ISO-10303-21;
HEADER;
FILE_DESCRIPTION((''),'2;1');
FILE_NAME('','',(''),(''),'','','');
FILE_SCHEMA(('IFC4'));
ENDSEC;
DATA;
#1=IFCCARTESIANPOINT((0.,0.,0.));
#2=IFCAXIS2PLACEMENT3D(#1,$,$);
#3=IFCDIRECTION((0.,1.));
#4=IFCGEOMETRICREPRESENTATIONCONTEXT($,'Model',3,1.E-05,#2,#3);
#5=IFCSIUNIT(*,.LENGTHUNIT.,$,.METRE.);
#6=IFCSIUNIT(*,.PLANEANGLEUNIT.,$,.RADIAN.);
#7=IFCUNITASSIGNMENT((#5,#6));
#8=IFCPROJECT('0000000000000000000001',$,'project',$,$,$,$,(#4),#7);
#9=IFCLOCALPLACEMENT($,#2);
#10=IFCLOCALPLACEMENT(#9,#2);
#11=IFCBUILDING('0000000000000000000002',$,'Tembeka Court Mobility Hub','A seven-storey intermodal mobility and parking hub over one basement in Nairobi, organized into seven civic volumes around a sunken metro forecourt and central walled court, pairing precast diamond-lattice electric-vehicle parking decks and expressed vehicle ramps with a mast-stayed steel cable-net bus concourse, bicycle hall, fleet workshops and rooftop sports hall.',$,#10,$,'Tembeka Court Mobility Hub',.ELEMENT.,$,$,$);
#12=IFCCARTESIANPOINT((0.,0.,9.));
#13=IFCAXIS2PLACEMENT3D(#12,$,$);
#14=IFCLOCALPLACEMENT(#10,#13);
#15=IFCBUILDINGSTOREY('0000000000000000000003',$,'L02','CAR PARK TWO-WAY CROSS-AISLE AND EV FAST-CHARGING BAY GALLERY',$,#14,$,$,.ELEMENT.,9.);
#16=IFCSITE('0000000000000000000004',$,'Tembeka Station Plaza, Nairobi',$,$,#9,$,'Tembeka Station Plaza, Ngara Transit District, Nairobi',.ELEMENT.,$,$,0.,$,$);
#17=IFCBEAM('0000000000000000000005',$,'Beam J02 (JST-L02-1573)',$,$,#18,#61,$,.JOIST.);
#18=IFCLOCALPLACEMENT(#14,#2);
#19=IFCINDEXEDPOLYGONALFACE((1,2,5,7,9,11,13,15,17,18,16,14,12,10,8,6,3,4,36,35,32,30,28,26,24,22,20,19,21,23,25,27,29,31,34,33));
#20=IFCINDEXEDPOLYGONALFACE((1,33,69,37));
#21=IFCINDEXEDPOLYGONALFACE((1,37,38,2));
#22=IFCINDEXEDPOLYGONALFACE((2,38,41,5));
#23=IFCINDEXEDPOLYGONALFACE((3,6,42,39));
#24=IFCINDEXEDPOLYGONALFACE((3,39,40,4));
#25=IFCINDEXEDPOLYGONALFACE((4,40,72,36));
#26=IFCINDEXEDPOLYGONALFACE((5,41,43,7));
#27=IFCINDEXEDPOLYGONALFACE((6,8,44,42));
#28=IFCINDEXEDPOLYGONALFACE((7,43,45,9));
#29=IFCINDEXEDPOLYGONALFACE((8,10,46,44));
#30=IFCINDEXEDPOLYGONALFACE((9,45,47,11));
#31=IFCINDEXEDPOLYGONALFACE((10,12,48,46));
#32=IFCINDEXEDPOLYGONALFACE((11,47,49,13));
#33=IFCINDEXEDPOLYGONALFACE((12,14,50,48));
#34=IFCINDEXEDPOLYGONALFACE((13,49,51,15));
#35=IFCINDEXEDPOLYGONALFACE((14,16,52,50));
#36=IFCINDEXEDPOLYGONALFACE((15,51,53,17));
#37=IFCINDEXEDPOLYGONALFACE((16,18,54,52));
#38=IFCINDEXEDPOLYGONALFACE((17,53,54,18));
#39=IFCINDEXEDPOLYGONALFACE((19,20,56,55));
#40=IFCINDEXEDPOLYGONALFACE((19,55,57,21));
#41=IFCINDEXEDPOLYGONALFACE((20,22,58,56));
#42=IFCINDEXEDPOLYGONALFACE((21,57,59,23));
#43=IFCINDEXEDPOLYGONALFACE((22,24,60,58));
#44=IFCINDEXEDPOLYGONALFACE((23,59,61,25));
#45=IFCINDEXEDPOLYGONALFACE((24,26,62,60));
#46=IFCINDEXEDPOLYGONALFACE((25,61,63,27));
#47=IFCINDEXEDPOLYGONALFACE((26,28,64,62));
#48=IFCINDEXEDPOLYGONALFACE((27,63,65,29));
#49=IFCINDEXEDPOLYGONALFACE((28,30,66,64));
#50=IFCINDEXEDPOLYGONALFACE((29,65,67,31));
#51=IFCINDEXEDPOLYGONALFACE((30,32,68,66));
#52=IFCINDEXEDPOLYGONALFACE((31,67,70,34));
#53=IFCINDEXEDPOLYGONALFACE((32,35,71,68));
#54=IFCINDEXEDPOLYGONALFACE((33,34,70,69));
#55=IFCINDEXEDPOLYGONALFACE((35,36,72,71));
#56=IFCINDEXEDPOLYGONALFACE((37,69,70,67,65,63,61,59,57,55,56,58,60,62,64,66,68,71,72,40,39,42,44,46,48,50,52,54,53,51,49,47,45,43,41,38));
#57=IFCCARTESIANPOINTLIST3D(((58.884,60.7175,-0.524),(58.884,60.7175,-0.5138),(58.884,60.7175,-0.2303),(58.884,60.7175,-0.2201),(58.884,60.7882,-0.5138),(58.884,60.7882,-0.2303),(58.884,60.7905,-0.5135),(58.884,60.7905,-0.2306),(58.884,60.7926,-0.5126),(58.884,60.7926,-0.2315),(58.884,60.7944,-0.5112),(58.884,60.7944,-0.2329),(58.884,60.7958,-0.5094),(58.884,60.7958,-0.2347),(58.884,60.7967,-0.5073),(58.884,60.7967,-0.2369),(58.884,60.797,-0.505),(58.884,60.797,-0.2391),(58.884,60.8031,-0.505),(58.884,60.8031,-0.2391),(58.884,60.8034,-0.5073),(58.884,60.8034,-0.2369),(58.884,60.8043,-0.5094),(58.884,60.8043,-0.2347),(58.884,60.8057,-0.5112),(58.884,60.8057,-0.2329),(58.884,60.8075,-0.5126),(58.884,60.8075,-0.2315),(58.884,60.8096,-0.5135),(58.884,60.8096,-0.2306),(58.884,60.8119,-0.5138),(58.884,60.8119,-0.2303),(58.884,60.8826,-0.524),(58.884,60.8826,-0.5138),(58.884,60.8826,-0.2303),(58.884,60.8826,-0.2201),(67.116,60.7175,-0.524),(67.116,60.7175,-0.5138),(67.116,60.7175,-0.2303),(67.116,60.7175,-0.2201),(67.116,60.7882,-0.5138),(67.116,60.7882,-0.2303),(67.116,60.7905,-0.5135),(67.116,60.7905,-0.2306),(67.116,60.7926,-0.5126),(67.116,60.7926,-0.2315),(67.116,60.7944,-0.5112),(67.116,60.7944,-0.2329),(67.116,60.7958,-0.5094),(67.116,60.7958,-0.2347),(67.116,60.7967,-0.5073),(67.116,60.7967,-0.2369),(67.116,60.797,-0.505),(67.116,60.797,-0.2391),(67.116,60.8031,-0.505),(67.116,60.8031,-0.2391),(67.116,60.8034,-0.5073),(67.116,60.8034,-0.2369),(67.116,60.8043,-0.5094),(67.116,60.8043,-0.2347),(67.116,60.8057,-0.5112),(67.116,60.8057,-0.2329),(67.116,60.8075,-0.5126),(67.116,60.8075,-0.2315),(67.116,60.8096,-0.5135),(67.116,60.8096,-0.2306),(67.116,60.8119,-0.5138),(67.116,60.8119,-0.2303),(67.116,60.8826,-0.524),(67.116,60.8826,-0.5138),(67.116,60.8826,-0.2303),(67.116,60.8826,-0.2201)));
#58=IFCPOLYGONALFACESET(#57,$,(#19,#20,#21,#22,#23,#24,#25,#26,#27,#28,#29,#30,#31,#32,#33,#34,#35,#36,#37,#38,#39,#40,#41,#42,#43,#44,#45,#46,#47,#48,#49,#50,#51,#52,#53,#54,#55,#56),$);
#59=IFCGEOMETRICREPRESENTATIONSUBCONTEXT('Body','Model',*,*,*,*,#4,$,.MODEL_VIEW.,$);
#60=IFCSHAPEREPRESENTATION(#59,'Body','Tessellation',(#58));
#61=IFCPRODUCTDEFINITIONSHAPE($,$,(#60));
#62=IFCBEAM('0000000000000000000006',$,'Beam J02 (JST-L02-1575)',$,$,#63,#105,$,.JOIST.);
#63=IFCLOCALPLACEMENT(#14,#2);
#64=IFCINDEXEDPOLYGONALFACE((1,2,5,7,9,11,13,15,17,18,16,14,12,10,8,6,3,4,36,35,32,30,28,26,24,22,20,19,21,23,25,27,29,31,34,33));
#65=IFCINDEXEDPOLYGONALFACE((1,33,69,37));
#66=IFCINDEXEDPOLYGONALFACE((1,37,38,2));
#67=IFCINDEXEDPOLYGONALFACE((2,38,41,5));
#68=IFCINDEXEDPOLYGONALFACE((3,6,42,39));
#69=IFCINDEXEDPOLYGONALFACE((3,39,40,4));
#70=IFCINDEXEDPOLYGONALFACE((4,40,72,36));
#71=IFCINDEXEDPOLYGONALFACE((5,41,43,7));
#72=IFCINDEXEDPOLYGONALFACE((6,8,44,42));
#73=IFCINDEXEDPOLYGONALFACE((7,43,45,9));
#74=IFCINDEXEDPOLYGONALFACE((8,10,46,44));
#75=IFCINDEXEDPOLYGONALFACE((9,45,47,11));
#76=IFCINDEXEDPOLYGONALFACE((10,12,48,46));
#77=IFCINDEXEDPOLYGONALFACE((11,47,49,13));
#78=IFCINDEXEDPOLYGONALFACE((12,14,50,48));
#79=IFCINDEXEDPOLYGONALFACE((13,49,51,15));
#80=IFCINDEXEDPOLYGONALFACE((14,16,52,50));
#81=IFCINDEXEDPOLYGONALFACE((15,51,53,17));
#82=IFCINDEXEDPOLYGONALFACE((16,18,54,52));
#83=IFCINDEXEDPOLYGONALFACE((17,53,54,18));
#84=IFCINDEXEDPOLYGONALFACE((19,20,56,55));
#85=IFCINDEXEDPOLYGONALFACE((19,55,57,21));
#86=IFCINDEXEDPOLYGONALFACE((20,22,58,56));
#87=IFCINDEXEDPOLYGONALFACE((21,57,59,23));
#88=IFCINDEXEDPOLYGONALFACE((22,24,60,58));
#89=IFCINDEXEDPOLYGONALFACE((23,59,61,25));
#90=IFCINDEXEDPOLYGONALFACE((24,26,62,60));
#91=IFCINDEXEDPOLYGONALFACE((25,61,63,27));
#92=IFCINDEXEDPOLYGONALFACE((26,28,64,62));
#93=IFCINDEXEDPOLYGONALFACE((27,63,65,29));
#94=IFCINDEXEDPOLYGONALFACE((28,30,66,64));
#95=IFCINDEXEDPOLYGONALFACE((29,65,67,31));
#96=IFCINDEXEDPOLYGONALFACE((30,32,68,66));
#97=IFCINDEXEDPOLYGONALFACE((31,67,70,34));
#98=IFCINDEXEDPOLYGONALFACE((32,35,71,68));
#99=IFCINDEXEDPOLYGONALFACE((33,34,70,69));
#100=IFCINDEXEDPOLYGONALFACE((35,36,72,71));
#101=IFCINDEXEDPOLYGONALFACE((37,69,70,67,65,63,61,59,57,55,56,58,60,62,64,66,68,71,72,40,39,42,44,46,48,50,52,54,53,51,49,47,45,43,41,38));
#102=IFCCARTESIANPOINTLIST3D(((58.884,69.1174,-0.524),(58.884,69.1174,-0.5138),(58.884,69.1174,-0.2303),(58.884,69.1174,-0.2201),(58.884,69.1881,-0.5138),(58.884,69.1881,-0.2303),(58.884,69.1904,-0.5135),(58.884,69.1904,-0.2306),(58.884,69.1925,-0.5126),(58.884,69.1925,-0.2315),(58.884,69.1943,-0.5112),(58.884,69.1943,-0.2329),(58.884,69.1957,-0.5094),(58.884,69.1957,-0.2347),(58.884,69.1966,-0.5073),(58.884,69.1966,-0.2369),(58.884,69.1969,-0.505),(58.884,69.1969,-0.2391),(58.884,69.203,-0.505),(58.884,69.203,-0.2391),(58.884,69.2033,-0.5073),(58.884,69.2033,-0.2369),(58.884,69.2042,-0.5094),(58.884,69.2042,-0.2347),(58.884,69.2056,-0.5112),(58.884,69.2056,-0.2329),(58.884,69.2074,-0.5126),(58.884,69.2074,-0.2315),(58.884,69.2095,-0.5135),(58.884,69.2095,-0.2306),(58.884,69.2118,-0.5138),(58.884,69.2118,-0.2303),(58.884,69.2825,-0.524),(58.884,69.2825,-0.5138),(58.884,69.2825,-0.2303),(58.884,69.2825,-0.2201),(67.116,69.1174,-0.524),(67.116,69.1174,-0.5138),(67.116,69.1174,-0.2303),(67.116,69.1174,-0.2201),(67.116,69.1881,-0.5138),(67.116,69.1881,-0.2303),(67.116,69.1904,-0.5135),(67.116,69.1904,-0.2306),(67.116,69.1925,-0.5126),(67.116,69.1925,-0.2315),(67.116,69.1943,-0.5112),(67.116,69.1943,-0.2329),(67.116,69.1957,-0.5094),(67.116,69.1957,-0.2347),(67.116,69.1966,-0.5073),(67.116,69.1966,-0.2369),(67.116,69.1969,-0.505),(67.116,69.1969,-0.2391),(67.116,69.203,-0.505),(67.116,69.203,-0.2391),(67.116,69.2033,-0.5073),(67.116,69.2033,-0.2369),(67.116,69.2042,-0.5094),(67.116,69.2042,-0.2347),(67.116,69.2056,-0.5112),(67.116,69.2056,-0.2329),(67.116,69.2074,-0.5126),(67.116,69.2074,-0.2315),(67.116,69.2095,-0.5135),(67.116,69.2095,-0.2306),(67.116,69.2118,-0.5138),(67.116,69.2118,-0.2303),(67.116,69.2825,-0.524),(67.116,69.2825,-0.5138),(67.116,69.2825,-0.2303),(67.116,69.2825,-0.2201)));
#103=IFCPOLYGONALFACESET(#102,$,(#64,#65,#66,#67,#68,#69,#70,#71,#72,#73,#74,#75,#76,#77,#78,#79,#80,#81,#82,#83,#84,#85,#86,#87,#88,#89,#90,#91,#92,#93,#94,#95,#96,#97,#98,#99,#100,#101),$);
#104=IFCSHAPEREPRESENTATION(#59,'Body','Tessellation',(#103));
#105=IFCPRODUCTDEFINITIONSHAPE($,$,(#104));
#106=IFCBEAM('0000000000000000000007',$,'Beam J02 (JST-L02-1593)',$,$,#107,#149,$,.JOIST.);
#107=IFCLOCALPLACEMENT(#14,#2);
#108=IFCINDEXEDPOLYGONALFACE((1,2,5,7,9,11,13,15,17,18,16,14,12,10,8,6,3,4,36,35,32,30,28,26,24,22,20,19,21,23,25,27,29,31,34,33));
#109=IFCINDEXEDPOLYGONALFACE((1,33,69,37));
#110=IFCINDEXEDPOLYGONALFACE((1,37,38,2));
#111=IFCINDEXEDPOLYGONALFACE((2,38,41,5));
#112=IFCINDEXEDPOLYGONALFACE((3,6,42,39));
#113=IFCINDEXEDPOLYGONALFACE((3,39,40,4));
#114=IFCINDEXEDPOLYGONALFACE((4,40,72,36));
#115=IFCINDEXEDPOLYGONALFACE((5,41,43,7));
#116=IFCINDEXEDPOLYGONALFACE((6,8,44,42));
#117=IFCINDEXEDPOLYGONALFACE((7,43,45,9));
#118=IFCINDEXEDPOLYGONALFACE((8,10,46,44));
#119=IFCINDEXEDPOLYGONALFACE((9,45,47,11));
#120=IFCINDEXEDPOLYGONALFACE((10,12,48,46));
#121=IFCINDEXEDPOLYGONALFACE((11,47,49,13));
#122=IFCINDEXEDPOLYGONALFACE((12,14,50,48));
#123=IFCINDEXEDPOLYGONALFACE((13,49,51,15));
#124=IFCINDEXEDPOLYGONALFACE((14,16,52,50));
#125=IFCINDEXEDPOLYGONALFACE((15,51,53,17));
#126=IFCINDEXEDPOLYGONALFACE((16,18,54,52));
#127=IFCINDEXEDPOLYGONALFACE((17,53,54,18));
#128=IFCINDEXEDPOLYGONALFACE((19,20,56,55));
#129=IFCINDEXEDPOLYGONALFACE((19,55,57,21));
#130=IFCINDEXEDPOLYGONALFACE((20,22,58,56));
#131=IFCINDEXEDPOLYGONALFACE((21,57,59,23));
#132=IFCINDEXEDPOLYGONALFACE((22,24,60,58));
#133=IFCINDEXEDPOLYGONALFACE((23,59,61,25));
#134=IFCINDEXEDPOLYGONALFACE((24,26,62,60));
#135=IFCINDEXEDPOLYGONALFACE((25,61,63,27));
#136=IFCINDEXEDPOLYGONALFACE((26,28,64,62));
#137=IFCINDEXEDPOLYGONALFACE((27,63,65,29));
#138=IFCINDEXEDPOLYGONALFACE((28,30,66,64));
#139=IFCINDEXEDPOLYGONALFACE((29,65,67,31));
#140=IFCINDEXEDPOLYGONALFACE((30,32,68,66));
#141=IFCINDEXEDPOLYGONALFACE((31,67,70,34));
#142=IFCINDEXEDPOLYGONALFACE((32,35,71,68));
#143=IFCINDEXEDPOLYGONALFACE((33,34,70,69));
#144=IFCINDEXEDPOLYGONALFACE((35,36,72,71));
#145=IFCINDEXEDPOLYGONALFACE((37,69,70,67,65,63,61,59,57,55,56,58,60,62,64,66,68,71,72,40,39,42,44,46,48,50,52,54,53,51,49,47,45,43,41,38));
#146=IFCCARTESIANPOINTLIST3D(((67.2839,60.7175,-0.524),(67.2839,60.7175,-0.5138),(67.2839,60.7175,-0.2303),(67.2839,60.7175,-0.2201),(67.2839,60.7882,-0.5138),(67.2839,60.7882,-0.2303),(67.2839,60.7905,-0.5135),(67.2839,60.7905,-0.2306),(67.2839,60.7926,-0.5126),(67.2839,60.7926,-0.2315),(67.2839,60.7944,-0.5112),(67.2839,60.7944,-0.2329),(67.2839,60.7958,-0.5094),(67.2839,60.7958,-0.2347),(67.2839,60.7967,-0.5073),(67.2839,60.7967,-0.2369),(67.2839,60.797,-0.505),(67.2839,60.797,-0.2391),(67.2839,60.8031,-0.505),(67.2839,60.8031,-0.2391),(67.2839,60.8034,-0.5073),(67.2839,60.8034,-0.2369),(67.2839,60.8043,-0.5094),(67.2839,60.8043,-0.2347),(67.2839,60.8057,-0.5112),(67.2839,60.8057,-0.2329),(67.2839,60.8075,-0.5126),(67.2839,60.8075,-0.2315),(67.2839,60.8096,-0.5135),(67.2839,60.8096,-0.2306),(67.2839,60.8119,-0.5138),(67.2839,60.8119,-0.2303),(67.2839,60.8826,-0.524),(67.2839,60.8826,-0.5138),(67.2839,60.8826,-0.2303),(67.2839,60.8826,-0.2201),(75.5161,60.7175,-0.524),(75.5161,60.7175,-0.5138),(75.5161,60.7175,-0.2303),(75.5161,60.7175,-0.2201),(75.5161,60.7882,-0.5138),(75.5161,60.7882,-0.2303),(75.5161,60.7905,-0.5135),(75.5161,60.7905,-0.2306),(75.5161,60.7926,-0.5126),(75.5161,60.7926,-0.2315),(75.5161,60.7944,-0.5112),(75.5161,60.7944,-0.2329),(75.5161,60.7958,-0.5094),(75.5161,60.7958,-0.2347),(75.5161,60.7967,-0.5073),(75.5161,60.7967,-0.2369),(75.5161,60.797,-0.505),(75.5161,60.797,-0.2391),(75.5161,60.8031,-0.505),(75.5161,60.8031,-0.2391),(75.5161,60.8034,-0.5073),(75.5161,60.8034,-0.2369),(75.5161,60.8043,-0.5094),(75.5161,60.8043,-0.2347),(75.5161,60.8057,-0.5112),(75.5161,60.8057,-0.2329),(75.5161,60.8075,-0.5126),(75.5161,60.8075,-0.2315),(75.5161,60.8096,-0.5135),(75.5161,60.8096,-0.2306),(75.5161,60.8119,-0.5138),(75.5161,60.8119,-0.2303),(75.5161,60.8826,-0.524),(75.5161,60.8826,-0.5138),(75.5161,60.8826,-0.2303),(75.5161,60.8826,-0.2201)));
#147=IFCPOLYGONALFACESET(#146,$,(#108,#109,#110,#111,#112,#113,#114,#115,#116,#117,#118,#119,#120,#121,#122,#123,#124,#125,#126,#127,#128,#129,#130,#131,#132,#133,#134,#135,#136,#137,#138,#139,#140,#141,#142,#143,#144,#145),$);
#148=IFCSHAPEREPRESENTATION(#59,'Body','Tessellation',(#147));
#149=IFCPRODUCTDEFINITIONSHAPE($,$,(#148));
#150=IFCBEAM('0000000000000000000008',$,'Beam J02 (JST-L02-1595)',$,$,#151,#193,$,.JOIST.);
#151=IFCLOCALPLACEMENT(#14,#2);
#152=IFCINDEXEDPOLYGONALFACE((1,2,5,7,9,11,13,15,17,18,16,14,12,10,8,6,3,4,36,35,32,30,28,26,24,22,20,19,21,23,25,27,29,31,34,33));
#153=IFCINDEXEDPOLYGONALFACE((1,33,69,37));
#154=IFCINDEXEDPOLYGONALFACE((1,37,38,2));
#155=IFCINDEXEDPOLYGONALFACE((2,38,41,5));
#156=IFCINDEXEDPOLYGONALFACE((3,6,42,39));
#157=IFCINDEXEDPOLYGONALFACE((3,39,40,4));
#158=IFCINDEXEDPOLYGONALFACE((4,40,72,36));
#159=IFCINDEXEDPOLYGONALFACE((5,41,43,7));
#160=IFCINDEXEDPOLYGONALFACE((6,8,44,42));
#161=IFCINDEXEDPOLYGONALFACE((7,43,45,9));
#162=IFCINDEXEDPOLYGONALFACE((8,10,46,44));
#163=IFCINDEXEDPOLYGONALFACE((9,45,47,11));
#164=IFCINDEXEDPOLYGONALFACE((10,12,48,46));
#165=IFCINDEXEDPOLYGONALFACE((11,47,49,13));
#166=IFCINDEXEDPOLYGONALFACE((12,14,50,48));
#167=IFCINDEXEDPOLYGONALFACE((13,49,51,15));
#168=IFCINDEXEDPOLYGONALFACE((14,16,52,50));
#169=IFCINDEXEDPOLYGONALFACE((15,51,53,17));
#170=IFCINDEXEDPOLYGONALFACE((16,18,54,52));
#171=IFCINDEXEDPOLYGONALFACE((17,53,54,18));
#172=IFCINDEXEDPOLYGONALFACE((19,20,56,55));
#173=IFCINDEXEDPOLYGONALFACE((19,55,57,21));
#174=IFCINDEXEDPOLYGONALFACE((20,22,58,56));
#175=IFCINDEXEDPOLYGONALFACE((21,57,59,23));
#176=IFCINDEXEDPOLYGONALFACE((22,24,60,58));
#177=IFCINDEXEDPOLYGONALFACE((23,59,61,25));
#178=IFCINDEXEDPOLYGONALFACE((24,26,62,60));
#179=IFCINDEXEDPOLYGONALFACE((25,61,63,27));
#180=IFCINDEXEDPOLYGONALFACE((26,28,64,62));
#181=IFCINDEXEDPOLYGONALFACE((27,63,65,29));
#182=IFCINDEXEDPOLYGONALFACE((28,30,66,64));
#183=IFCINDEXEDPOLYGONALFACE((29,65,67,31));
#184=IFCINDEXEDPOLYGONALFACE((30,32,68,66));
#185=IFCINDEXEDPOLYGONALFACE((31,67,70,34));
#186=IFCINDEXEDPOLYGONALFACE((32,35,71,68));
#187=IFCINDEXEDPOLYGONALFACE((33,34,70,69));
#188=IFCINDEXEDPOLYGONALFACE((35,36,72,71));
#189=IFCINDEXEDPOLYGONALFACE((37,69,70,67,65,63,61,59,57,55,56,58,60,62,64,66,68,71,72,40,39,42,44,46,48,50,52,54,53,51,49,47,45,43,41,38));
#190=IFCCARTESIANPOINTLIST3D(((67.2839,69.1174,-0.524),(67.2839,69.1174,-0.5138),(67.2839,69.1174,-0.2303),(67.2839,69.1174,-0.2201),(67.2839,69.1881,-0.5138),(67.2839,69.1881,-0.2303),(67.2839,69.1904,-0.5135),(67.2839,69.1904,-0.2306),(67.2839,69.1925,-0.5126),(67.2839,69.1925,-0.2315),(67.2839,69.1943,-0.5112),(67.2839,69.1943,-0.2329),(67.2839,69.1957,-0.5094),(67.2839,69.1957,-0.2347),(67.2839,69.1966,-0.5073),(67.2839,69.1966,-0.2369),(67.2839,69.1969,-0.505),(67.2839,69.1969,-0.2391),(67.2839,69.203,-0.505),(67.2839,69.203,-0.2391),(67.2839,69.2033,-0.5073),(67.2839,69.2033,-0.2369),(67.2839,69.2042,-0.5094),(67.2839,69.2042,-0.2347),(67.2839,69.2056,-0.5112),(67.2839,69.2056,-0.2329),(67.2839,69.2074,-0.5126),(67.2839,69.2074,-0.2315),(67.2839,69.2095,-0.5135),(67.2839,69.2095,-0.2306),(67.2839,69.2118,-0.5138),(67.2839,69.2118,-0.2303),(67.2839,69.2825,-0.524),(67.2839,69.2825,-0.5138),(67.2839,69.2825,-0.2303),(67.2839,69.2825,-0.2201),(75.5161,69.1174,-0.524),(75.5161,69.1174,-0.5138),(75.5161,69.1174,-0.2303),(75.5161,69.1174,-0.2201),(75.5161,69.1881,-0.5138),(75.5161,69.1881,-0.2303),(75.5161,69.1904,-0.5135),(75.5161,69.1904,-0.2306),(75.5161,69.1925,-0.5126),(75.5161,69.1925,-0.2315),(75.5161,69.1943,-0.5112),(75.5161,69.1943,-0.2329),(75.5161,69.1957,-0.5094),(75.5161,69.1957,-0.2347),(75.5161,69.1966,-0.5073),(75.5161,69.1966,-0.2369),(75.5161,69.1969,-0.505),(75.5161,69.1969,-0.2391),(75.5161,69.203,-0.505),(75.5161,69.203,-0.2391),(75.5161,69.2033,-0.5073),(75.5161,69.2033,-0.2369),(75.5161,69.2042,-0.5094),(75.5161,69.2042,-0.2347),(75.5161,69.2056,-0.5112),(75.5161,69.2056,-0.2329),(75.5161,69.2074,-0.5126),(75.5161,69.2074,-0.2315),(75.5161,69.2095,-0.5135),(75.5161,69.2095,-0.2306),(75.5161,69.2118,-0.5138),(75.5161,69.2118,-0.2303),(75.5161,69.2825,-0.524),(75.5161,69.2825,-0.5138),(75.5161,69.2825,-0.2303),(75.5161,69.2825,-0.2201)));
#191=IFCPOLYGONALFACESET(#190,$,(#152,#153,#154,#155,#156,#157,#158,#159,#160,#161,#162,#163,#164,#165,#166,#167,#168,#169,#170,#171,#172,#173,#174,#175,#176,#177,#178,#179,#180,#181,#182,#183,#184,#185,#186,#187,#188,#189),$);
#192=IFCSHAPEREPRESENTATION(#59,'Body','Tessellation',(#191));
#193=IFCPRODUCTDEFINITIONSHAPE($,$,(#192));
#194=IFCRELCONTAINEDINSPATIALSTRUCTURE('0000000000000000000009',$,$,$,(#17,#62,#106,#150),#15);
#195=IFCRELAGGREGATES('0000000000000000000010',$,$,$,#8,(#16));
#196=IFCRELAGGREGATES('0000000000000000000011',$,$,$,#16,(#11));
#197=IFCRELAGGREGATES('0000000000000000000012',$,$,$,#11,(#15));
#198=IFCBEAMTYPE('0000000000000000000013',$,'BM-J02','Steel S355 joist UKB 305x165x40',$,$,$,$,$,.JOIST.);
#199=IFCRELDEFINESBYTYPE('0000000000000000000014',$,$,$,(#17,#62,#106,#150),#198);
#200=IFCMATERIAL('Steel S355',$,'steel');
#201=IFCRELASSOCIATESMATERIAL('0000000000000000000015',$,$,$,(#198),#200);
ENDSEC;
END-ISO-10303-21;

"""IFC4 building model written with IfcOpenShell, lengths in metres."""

from ifc_helpers import new_model, si_unit, direction, frame, origin, origin_2d, place, context, subcontext, project, spatial, i_section, extrude, material, material_profile, profile_set, type_object, element, save


model = new_model("IFC4")

# Units and contexts
model_context = context("Model", 3, precision=1e-05, world=origin(), true_north=direction((0.0, 1.0)))
body_context = subcontext(model_context, "Body", "Model", "MODEL_VIEW")
ifc_project = project(units=[si_unit("LENGTHUNIT", "METRE"), si_unit("PLANEANGLEUNIT", "RADIAN")], contexts=[model_context])

# Site, building, storey
site_placement = place(None, origin())
site = spatial("IfcSite", under=ifc_project, at=site_placement, Name="Tembeka Station Plaza, Nairobi", LongName="Tembeka Station Plaza, Ngara Transit District, Nairobi", CompositionType="ELEMENT", RefElevation=0.0)
building_placement = place(site_placement, origin())
building = spatial("IfcBuilding", under=site, at=building_placement, Name="Tembeka Court Mobility Hub", Description="A seven-storey intermodal mobility and parking hub over one basement in Nairobi, organized into seven civic volumes around a sunken metro forecourt and central walled court, pairing precast diamond-lattice electric-vehicle parking decks and expressed vehicle ramps with a mast-stayed steel cable-net bus concourse, bicycle hall, fleet workshops and rooftop sports hall.", LongName="Tembeka Court Mobility Hub", CompositionType="ELEMENT")
storey_placement = place(building_placement, frame((0.0, 0.0, 9.0)))
storey = spatial("IfcBuildingStorey", under=building, at=storey_placement, Name="L02", Description="CAR PARK TWO-WAY CROSS-AISLE AND EV FAST-CHARGING BAY GALLERY", CompositionType="ELEMENT", Elevation=9.0)

# Shared definitions
ifc_material_1 = material(Name="Steel S355", Category="steel")

# Beams
ifc_material_profile_1 = material_profile(ifc_material_1, i_section(OverallWidth=0.165, OverallDepth=0.304, WebThickness=0.0061, FlangeThickness=0.0103, FilletRadius=0.0088, at=origin_2d()), Name="UKB 305x165x40")
ifc_profile_set_1 = profile_set([ifc_material_profile_1], Name="Steel S355")
beam_type_1 = type_object("IfcBeamType", Name="BM-J02", Description="Steel S355 joist UKB 305x165x40", PredefinedType="JOIST", material=ifc_profile_set_1)
for number, where, z_axis, x_axis, name in (
    (1, (58.884, 60.8, -0.3721), (1.0, 0.0, 0.0), (0.0, 1.0, 0.0), "Beam J02 (JST-L02-1573)"),
    (2, (58.884, 69.2, -0.3721), (1.0, 0.0, 0.0), (0.0, 1.0, 0.0), "Beam J02 (JST-L02-1575)"),
):
    element("IfcBeam", number, at=place(storey_placement, frame(where, z_axis=z_axis, x_axis=x_axis)), inside=storey, type_object=beam_type_1, Name=name, PredefinedType="JOIST", context=body_context, shape_type="SweptSolid", body=[
        extrude(i_section(OverallWidth=0.165, OverallDepth=0.304, WebThickness=0.0061, FlangeThickness=0.0103, FilletRadius=0.0088, at=origin_2d()), origin(), (0.0, 0.0, 1.0), 8.2319),
    ])
for number, where, z_axis, x_axis, name in (
    (3, (67.2839, 60.8, -0.3721), (1.0, 0.0, 0.0), (0.0, 1.0, 0.0), "Beam J02 (JST-L02-1593)"),
    (4, (67.2839, 69.2, -0.3721), (1.0, 0.0, 0.0), (0.0, 1.0, 0.0), "Beam J02 (JST-L02-1595)"),
):
    element("IfcBeam", number, at=place(storey_placement, frame(where, z_axis=z_axis, x_axis=x_axis)), inside=storey, type_object=beam_type_1, Name=name, PredefinedType="JOIST", context=body_context, shape_type="SweptSolid", body=[
        extrude(i_section(OverallWidth=0.165, OverallDepth=0.304, WebThickness=0.0061, FlangeThickness=0.0103, FilletRadius=0.0088, at=origin_2d()), origin(), (0.0, 0.0, 1.0), 8.2322),
    ])

save(model, "model.ifc")
